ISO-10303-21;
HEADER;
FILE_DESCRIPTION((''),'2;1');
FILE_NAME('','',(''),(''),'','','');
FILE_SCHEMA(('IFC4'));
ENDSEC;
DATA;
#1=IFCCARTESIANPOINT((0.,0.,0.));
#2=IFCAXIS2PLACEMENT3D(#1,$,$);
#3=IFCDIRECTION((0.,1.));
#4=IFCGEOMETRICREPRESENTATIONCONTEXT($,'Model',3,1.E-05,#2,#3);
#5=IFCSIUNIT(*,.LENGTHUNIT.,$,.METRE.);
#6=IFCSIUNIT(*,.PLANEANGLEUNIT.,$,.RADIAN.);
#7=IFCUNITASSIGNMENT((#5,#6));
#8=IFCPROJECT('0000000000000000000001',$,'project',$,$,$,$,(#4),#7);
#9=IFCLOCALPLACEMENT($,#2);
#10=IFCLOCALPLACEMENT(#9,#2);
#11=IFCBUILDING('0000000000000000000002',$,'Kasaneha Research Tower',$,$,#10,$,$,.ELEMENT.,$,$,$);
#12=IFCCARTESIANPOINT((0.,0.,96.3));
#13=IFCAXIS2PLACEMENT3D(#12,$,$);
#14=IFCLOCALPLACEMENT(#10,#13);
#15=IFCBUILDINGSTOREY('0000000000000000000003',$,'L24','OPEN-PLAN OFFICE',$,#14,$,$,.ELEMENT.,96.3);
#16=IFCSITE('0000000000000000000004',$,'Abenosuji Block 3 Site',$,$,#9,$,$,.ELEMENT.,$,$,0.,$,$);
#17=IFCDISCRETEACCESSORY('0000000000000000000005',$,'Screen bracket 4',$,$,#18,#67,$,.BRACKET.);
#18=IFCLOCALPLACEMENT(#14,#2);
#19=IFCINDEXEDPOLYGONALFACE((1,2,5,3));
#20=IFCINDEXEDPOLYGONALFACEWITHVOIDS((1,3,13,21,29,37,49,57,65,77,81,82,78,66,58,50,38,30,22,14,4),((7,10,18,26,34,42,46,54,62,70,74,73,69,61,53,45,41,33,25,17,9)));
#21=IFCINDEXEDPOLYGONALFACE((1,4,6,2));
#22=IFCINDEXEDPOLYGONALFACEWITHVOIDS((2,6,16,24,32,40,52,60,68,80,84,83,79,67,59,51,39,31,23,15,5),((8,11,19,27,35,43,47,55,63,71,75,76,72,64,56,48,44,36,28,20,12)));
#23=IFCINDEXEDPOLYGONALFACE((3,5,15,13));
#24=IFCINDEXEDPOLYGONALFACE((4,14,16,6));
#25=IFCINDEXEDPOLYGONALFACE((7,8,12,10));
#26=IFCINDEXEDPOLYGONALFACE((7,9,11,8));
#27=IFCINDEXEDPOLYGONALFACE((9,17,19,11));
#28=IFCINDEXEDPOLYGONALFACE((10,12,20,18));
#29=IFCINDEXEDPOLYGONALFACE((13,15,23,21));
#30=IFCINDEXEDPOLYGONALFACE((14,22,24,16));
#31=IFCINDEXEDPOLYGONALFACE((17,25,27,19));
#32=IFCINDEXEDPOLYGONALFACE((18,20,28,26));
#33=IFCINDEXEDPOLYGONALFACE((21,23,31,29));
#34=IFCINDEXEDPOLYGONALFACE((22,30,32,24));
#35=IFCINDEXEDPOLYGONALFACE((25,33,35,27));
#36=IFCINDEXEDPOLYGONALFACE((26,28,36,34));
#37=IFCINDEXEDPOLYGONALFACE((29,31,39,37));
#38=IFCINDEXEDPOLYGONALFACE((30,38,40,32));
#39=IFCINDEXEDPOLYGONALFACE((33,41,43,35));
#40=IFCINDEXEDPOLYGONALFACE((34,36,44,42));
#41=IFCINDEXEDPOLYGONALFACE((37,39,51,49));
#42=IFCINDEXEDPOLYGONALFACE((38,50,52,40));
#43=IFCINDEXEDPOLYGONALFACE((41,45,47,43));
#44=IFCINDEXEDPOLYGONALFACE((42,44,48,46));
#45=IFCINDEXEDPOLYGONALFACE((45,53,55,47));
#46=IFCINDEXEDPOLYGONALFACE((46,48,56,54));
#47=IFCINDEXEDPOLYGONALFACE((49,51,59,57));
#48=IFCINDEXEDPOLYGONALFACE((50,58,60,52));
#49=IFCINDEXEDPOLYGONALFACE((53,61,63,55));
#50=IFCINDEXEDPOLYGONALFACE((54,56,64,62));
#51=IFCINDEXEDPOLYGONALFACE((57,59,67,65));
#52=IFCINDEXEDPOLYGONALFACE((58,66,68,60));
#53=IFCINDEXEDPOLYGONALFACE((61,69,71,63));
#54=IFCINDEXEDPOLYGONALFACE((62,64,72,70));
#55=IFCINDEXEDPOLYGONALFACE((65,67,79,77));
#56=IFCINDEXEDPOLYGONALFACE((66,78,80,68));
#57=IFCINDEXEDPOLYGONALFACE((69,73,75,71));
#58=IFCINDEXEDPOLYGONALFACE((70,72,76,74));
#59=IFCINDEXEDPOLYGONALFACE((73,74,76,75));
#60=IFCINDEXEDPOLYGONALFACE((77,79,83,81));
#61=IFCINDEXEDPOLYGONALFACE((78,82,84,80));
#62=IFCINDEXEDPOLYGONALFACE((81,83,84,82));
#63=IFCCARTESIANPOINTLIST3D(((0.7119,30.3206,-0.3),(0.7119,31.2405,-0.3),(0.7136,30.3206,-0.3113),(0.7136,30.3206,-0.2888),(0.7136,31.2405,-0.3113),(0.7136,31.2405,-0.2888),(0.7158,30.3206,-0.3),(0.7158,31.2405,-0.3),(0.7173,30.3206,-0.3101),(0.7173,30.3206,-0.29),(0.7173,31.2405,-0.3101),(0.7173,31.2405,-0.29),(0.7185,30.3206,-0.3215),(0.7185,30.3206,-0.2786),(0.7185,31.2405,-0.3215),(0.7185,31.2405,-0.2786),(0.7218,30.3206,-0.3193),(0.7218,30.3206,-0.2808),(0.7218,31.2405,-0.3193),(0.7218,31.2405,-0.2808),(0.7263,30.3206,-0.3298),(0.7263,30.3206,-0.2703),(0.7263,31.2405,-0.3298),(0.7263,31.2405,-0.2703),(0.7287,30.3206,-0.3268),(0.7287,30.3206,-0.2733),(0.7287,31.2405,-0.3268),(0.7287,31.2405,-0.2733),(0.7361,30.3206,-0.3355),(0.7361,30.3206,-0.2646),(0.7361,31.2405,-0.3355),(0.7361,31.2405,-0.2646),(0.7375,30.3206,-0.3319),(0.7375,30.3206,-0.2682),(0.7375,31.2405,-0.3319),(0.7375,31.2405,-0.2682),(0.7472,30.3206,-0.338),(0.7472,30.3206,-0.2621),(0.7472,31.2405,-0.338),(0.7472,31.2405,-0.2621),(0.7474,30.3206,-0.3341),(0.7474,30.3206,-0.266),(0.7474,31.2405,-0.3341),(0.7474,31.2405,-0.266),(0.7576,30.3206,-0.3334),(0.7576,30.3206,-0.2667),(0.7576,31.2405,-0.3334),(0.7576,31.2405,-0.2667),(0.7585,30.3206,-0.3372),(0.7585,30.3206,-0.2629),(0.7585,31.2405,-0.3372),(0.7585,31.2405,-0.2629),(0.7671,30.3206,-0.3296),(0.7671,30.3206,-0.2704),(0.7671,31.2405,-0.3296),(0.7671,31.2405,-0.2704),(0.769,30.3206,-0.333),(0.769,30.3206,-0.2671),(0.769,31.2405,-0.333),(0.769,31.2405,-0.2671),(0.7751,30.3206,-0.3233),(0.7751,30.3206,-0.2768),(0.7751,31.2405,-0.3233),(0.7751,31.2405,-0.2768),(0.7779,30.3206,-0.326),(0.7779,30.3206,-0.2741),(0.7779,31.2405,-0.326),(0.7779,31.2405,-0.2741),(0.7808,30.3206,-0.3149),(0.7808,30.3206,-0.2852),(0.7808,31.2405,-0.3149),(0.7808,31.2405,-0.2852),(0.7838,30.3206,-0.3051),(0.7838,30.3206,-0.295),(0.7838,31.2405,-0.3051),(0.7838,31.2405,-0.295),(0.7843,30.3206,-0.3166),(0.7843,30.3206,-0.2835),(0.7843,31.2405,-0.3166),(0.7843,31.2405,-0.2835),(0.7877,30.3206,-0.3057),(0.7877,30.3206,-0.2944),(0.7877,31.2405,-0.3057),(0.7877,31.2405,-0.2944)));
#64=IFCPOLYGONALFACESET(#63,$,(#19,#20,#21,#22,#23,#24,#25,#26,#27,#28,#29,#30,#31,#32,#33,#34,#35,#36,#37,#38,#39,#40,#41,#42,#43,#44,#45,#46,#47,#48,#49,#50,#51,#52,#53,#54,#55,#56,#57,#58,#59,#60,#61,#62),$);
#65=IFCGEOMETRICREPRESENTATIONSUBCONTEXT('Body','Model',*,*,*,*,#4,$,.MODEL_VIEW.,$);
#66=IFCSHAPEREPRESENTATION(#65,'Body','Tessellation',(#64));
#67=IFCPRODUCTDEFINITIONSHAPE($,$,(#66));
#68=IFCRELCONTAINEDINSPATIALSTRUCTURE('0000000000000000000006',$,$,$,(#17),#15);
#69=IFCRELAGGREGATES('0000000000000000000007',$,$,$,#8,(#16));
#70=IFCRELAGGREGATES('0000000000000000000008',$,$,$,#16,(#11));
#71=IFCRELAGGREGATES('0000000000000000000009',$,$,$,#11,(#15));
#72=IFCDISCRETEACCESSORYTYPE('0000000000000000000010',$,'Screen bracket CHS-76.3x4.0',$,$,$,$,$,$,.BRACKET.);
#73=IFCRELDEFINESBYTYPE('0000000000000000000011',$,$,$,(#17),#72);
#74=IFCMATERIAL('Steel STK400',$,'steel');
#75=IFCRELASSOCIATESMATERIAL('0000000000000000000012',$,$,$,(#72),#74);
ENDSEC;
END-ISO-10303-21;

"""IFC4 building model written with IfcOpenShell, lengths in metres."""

from ifc_helpers import new_model, si_unit, direction, frame, origin, origin_2d, place, context, subcontext, project, spatial, hollow_circle, extrude, material, material_profile, profile_set, type_object, element, save


model = new_model("IFC4")

# Units and contexts
model_context = context("Model", 3, precision=1e-05, world=origin(), true_north=direction((0.0, 1.0)))
body_context = subcontext(model_context, "Body", "Model", "MODEL_VIEW")
ifc_project = project(units=[si_unit("LENGTHUNIT", "METRE"), si_unit("PLANEANGLEUNIT", "RADIAN")], contexts=[model_context])

# Site, building, storey
site_placement = place(None, origin())
site = spatial("IfcSite", under=ifc_project, at=site_placement, Name="Abenosuji Block 3 Site", CompositionType="ELEMENT", RefElevation=0.0)
building_placement = place(site_placement, origin())
building = spatial("IfcBuilding", under=site, at=building_placement, Name="Kasaneha Research Tower", CompositionType="ELEMENT")
storey_placement = place(building_placement, frame((0.0, 0.0, 96.3)))
storey = spatial("IfcBuildingStorey", under=building, at=storey_placement, Name="L24", Description="OPEN-PLAN OFFICE", CompositionType="ELEMENT", Elevation=96.3)

# Discrete accessory
ifc_material_1 = material(Name="Steel STK400", Category="steel")
ifc_material_profile_1 = material_profile(ifc_material_1, hollow_circle(Radius=0.0381, WallThickness=0.0039, at=origin_2d()), Name="CHS-76.3x4.0")
ifc_profile_set_1 = profile_set([ifc_material_profile_1], Name="Steel STK400")
discrete_accessory_type = type_object("IfcDiscreteAccessoryType", Name="Screen bracket CHS-76.3x4.0", PredefinedType="BRACKET", material=ifc_profile_set_1)
for number, where, z_axis, x_axis, name in (
    (1, (0.75, 30.3206, -0.3), (0.0, 1.0, 0.0), (-1.0, 0.0, 0.0), "Screen bracket 4"),
):
    element("IfcDiscreteAccessory", number, at=place(storey_placement, frame(where, z_axis=z_axis, x_axis=x_axis)), inside=storey, type_object=discrete_accessory_type, Name=name, PredefinedType="BRACKET", context=body_context, shape_type="SweptSolid", body=[
        extrude(hollow_circle(Radius=0.0381, WallThickness=0.0039, at=origin_2d()), origin(), (0.0, 0.0, 1.0), 0.9199),
    ])

save(model, "model.ifc")
